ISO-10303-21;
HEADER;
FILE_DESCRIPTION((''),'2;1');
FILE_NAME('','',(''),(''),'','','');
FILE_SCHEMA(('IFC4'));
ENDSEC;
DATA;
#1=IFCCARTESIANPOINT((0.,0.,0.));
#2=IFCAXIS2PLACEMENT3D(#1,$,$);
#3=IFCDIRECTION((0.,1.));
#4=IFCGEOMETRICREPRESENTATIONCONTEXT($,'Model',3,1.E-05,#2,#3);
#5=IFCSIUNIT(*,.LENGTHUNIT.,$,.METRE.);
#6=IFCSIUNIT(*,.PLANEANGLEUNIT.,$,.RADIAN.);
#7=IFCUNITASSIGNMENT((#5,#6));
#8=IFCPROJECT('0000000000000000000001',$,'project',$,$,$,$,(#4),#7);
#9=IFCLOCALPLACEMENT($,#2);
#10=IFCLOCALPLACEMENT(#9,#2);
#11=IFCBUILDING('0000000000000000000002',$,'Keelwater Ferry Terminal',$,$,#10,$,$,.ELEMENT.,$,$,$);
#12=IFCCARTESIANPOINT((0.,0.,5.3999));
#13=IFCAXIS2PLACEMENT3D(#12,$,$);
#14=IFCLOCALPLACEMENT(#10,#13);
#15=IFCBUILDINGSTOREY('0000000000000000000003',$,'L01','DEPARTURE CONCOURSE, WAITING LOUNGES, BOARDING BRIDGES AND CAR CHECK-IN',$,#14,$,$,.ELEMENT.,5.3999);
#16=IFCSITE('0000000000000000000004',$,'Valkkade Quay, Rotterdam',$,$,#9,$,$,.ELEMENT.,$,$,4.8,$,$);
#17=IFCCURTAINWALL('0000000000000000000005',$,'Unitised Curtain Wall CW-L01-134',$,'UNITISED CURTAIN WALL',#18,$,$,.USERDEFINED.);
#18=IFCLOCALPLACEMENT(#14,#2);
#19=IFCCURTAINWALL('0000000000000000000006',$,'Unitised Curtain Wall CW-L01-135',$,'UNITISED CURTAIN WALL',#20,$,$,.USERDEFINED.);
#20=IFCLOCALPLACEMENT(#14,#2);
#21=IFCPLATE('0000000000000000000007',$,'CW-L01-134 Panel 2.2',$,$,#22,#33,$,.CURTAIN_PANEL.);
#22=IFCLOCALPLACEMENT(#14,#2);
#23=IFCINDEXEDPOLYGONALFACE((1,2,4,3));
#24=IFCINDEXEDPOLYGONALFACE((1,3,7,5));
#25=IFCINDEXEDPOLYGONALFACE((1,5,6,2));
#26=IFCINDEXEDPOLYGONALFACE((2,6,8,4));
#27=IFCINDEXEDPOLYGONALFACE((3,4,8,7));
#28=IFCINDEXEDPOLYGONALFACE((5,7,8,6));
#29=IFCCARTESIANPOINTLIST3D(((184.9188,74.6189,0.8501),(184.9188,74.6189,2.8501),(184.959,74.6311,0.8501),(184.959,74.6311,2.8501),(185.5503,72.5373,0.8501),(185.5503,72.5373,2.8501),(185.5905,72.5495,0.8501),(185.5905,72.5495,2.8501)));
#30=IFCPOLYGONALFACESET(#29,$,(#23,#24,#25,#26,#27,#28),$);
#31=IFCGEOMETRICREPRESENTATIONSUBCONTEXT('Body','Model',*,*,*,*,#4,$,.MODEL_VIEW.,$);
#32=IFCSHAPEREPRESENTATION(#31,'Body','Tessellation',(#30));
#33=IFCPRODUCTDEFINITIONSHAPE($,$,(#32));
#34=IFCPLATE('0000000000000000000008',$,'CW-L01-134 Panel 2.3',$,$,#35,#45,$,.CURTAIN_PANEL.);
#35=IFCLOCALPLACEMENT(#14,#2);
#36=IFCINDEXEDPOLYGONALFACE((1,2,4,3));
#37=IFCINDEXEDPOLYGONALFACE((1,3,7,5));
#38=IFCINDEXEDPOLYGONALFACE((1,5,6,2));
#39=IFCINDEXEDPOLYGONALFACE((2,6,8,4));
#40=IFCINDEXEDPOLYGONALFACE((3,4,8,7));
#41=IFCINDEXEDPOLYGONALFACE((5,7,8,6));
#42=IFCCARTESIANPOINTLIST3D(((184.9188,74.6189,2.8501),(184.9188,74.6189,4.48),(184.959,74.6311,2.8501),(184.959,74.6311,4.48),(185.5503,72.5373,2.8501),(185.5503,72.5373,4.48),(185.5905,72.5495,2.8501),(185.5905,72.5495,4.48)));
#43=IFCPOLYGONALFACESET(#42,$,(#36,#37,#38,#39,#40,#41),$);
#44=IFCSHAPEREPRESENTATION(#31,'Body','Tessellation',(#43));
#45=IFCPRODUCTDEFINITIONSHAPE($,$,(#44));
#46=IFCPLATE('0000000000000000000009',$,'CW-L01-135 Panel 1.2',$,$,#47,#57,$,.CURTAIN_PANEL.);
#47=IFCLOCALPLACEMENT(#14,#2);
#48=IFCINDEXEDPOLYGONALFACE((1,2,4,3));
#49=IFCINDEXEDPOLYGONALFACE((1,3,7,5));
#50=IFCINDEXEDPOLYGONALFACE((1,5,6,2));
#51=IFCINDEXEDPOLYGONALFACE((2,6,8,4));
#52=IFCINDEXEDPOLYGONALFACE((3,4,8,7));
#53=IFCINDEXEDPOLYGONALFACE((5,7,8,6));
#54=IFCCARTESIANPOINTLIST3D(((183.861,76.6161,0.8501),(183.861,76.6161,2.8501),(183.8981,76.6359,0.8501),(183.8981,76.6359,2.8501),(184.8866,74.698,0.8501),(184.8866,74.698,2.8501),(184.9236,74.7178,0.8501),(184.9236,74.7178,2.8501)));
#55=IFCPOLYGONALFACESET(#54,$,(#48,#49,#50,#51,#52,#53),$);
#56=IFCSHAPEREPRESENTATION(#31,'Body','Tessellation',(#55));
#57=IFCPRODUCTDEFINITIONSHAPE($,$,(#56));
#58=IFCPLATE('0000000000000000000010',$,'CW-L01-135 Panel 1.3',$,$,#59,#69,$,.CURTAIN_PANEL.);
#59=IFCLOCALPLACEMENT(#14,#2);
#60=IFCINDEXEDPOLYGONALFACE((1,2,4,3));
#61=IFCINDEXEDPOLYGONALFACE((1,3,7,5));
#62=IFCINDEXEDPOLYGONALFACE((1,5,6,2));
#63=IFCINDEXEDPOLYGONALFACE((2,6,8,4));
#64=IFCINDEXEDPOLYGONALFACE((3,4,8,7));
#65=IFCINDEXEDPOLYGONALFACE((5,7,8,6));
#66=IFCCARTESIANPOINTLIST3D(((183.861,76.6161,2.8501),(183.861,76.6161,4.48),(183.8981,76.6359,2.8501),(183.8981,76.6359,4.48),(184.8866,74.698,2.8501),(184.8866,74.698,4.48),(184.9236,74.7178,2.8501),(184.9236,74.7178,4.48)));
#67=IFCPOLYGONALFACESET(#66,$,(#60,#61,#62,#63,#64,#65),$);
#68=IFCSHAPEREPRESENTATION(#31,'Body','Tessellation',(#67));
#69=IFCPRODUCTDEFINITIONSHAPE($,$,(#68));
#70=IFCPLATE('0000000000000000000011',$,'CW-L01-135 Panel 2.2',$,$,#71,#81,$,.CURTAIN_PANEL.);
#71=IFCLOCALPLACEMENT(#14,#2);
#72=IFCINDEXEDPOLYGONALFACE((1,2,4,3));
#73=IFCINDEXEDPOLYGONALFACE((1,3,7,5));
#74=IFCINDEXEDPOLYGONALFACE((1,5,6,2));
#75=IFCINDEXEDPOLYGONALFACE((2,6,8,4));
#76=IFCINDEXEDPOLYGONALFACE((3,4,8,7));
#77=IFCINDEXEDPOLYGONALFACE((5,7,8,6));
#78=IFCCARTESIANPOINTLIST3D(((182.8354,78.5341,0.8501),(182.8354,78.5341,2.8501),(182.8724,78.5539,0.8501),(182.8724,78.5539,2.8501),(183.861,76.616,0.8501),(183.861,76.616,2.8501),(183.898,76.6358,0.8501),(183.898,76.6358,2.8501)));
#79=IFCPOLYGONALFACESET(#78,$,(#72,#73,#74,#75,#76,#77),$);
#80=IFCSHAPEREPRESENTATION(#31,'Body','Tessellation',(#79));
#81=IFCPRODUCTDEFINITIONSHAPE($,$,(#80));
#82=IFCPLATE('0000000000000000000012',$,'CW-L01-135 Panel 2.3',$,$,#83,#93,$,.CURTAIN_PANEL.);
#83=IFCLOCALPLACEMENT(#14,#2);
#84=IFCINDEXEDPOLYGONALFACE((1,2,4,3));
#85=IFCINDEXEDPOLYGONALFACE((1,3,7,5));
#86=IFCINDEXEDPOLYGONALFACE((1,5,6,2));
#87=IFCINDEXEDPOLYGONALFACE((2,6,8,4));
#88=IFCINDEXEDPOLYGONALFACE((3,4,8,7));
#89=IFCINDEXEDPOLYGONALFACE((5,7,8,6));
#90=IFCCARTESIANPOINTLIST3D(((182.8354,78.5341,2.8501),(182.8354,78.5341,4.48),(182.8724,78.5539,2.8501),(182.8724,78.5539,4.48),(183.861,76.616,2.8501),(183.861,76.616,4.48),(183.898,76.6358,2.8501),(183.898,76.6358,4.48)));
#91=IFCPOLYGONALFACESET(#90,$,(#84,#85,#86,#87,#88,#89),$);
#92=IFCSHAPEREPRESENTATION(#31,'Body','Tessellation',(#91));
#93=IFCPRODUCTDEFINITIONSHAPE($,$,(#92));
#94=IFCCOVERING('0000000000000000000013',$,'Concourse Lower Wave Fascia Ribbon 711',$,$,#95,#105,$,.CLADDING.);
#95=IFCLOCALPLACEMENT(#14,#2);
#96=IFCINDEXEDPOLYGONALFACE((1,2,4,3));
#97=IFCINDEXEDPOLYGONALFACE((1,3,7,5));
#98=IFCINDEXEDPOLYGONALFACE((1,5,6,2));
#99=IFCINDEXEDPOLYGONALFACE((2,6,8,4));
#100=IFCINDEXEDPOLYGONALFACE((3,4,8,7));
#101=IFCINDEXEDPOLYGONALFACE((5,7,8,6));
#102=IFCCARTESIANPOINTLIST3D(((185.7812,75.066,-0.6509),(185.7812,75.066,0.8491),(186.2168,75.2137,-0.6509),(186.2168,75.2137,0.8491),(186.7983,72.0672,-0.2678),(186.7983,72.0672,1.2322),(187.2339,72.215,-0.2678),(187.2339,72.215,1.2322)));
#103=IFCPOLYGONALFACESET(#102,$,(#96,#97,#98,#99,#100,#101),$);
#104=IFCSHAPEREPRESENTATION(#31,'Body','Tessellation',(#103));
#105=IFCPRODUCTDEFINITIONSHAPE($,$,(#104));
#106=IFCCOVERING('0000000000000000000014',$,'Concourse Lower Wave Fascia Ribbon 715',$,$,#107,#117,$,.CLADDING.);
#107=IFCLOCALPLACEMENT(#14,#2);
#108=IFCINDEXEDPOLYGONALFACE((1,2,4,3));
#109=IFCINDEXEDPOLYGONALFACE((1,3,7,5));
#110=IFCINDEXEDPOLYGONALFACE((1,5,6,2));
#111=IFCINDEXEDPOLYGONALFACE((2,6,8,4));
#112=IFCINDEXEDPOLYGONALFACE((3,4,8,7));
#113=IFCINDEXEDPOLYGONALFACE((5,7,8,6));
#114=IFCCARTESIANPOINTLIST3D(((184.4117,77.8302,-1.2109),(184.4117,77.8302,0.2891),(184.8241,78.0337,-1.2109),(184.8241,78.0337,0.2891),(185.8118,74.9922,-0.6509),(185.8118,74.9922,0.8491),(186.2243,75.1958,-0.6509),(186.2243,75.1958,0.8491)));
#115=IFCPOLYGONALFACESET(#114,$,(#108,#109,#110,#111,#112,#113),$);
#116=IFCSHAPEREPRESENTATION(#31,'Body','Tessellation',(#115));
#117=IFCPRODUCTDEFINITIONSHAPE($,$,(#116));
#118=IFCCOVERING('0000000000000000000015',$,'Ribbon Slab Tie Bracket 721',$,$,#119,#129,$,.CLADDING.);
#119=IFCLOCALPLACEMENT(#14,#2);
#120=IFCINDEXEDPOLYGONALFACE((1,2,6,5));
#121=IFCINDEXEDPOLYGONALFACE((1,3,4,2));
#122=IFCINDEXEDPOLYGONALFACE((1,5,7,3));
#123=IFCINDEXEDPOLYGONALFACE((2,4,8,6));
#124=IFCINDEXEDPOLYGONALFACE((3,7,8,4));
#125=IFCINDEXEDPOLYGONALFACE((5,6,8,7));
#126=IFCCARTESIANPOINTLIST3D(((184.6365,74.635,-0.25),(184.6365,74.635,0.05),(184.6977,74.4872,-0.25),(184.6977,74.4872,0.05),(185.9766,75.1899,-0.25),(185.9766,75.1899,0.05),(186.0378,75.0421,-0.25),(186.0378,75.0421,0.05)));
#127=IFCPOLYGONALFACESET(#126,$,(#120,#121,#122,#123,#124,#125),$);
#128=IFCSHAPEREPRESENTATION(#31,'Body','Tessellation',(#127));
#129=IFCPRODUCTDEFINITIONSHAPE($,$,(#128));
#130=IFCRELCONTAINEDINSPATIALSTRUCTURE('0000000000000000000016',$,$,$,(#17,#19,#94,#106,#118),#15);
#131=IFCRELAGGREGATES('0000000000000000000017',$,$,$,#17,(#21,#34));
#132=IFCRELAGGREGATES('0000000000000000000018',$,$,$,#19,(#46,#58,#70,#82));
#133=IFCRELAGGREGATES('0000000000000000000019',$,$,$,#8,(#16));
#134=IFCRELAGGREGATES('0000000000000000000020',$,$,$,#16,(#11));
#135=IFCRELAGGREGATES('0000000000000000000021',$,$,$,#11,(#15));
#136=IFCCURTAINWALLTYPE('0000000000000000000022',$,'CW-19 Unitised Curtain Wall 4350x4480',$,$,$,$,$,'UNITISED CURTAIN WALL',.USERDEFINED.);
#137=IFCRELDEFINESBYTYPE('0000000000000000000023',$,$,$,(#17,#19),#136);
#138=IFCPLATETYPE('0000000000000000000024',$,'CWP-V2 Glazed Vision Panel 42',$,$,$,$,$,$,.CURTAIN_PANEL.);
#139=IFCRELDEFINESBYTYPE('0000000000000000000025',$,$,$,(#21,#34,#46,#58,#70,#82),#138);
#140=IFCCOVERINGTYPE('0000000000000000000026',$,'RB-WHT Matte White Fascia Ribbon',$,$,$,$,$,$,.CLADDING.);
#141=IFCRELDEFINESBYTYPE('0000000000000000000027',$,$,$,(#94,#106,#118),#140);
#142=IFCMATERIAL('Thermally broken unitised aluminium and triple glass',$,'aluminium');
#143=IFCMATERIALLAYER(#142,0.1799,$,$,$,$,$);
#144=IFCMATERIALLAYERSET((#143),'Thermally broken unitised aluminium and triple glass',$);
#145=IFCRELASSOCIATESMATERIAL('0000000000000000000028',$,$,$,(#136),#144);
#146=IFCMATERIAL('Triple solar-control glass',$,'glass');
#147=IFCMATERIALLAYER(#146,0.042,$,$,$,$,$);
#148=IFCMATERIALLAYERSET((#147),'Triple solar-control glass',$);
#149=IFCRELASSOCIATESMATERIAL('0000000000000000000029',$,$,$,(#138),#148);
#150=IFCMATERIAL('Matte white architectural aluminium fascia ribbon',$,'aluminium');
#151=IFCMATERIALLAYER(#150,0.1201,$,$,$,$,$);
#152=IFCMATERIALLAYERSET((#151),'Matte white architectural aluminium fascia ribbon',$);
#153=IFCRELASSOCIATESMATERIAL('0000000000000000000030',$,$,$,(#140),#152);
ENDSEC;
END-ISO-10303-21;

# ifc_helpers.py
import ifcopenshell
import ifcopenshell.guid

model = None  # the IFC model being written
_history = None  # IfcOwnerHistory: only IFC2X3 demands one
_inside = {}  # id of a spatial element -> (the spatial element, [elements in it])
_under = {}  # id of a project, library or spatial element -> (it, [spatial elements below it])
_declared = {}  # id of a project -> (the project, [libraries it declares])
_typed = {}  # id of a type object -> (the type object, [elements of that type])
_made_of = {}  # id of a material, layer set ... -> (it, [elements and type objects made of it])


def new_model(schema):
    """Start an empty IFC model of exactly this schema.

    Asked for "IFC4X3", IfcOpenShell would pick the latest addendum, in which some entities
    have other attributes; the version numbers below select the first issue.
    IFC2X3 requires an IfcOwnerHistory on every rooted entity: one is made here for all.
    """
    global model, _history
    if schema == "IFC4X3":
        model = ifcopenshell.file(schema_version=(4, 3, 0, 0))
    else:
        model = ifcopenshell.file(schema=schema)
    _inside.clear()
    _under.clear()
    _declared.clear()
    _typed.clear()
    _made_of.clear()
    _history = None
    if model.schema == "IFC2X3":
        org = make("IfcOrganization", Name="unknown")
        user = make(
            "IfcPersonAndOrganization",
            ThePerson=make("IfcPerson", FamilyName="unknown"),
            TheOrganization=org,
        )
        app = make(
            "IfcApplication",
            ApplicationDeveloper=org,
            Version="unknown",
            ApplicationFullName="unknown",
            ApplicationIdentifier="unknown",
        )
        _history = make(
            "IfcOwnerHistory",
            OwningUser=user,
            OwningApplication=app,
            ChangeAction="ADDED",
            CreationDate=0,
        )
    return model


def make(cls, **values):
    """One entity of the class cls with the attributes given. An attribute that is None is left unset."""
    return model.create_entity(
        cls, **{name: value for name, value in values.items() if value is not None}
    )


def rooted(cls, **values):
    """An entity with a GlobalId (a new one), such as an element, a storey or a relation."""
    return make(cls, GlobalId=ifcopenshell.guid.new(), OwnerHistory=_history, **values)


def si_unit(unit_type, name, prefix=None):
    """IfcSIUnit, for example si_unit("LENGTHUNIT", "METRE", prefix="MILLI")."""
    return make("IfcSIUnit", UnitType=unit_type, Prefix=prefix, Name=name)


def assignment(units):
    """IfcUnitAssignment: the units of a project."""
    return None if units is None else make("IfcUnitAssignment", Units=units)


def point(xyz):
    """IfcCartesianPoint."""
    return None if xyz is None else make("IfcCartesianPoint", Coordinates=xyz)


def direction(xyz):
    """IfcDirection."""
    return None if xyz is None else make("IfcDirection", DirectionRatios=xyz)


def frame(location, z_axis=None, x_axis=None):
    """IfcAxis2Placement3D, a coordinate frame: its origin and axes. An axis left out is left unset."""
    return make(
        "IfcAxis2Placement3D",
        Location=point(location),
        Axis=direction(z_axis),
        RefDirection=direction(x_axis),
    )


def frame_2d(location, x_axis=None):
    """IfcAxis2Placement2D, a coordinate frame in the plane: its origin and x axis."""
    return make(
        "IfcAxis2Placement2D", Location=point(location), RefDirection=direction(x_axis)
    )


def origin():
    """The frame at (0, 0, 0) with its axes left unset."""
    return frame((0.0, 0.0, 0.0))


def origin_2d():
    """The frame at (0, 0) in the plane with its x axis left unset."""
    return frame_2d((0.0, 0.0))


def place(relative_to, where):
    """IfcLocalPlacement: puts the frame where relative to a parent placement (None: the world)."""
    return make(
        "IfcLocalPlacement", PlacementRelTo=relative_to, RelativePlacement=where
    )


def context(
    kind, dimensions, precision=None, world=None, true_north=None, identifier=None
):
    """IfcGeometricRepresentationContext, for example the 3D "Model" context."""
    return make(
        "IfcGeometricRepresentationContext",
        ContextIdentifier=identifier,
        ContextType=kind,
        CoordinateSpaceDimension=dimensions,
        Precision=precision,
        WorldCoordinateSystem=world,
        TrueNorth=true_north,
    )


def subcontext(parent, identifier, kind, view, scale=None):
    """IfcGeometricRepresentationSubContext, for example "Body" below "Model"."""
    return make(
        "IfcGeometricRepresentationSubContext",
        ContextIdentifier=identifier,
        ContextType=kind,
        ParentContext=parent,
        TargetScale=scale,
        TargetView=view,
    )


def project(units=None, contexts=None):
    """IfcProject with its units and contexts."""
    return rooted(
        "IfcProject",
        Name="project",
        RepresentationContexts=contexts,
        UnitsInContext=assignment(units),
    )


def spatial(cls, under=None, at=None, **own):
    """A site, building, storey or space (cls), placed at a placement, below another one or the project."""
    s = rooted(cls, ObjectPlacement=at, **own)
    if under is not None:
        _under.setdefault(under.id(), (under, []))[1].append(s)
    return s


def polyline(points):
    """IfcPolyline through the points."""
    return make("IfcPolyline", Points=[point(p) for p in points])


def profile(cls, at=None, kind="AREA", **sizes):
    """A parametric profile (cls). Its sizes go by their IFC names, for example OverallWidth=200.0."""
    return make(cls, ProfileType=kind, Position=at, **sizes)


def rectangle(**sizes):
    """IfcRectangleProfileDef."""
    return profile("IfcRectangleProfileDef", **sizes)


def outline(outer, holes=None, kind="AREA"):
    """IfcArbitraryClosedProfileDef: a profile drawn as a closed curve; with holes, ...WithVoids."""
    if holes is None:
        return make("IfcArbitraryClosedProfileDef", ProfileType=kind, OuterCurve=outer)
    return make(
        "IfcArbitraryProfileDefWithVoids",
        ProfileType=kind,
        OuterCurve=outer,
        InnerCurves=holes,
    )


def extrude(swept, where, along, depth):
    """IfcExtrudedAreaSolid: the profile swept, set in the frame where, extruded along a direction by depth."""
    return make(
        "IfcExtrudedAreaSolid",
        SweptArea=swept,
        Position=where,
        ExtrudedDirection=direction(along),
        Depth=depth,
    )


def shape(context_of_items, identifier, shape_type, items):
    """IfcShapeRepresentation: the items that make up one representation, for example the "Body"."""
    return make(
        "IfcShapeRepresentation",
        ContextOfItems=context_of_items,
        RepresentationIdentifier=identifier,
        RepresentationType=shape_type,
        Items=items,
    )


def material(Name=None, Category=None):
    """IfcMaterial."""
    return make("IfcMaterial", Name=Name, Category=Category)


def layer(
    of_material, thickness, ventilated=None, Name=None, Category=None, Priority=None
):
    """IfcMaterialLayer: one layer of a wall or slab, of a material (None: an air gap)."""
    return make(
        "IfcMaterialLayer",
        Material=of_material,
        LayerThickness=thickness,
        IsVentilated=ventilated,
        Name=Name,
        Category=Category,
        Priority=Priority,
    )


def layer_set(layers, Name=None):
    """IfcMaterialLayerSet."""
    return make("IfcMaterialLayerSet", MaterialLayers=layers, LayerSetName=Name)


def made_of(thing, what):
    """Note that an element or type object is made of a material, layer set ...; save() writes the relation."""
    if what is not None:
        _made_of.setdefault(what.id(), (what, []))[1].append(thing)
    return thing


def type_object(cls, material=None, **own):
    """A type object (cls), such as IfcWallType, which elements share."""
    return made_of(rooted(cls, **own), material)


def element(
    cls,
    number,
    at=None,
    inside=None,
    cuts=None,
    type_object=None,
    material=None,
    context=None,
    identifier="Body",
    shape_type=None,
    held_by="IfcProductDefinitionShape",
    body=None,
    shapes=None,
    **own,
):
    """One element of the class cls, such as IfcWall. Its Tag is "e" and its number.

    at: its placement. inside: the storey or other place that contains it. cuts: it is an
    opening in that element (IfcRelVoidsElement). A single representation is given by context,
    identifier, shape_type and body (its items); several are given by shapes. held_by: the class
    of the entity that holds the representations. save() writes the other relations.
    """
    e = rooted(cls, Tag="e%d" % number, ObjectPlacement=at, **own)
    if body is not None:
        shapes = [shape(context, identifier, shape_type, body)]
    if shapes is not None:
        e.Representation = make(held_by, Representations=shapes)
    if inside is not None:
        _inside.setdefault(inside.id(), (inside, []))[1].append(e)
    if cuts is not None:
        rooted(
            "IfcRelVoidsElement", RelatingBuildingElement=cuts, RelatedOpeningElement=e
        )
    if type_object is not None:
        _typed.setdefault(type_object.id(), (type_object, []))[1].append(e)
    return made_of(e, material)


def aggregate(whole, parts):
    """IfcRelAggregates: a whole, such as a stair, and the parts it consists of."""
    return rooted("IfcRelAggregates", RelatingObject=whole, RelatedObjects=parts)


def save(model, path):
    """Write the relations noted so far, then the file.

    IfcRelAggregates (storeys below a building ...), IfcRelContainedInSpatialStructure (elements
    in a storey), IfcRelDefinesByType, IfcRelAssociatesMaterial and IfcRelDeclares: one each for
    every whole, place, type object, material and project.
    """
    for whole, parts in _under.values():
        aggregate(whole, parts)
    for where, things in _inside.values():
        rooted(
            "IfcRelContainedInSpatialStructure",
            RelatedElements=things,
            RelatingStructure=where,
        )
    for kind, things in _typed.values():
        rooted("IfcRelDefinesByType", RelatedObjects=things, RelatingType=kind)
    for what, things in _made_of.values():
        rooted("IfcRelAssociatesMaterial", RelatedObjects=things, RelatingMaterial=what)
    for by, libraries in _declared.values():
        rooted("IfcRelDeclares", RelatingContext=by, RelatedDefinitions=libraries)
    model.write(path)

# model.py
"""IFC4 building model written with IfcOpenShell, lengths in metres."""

from ifc_helpers import new_model, si_unit, direction, frame, frame_2d, origin, origin_2d, place, context, subcontext, project, spatial, polyline, rectangle, outline, extrude, material, layer, layer_set, type_object, element, aggregate, save


model = new_model("IFC4")

# Units and contexts
model_context = context("Model", 3, precision=1e-05, world=origin(), true_north=direction((0.0, 1.0)))
body_context = subcontext(model_context, "Body", "Model", "MODEL_VIEW")
ifc_project = project(units=[si_unit("LENGTHUNIT", "METRE"), si_unit("PLANEANGLEUNIT", "RADIAN")], contexts=[model_context])

# Site, building, storey
site_placement = place(None, origin())
site = spatial("IfcSite", under=ifc_project, at=site_placement, Name="Valkkade Quay, Rotterdam", CompositionType="ELEMENT", RefElevation=4.8)
building_placement = place(site_placement, origin())
building = spatial("IfcBuilding", under=site, at=building_placement, Name="Keelwater Ferry Terminal", CompositionType="ELEMENT")
storey_placement = place(building_placement, frame((0.0, 0.0, 5.3999)))
storey = spatial("IfcBuildingStorey", under=building, at=storey_placement, Name="L01", Description="DEPARTURE CONCOURSE, WAITING LOUNGES, BOARDING BRIDGES AND CAR CHECK-IN", CompositionType="ELEMENT", Elevation=5.3999)

# Shared definitions
ifc_material_1 = material(Name="Thermally broken unitised aluminium and triple glass", Category="aluminium")
ifc_layer_1 = layer(ifc_material_1, 0.1799)
ifc_layer_set_1 = layer_set([ifc_layer_1], Name="Thermally broken unitised aluminium and triple glass")
curtain_wall_type = type_object("IfcCurtainWallType", Name="CW-19 Unitised Curtain Wall 4350x4480", ElementType="UNITISED CURTAIN WALL", PredefinedType="USERDEFINED", material=ifc_layer_set_1)

# Curtain walls
curtain_wall_1_placement = place(storey_placement, origin())
curtain_wall_1 = element("IfcCurtainWall", 1, at=curtain_wall_1_placement, inside=storey, type_object=curtain_wall_type, Name="Unitised Curtain Wall CW-L01-134", ObjectType="UNITISED CURTAIN WALL", PredefinedType="USERDEFINED")
curtain_wall_2_placement = place(storey_placement, origin())
curtain_wall_2 = element("IfcCurtainWall", 2, at=curtain_wall_2_placement, inside=storey, type_object=curtain_wall_type, Name="Unitised Curtain Wall CW-L01-135", ObjectType="UNITISED CURTAIN WALL", PredefinedType="USERDEFINED")

# Plates
ifc_material_2 = material(Name="Triple solar-control glass", Category="glass")
ifc_layer_2 = layer(ifc_material_2, 0.042)
ifc_layer_set_2 = layer_set([ifc_layer_2], Name="Triple solar-control glass")
plate_type_1 = type_object("IfcPlateType", Name="CWP-V2 Glazed Vision Panel 42", PredefinedType="CURTAIN_PANEL", material=ifc_layer_set_2)
plate_1_placement = place(storey_placement, frame((185.2546, 73.5842, 0.8501), z_axis=(0.0, 0.0, 1.0), x_axis=(-0.29032, 0.95693, 0.0)))
plate_1 = element("IfcPlate", 3, at=plate_1_placement, type_object=plate_type_1, Name="CW-L01-134 Panel 2.2", PredefinedType="CURTAIN_PANEL", context=body_context, shape_type="SweptSolid", body=[
    extrude(rectangle(XDim=2.1753, YDim=0.042, at=origin_2d()), origin(), (0.0, 0.0, 1.0), 2.0),
])
plate_2_placement = place(storey_placement, frame((185.2546, 73.5842, 2.8501), z_axis=(0.0, 0.0, 1.0), x_axis=(-0.29032, 0.95693, 0.0)))
plate_2 = element("IfcPlate", 4, at=plate_2_placement, type_object=plate_type_1, Name="CW-L01-134 Panel 2.3", PredefinedType="CURTAIN_PANEL", context=body_context, shape_type="SweptSolid", body=[
    extrude(rectangle(XDim=2.1753, YDim=0.042, at=origin_2d()), origin(), (0.0, 0.0, 1.0), 1.6299),
])
aggregate(curtain_wall_1, [plate_1, plate_2])
plate_3_placement = place(storey_placement, frame((184.3923, 75.667, 0.8501), z_axis=(0.0, 0.0, 1.0), x_axis=(-0.471507, 0.881862, 0.0)))
plate_3 = element("IfcPlate", 5, at=plate_3_placement, type_object=plate_type_1, Name="CW-L01-135 Panel 1.2", PredefinedType="CURTAIN_PANEL", context=body_context, shape_type="SweptSolid", body=[
    extrude(rectangle(XDim=2.175, YDim=0.042, at=origin_2d()), origin(), (0.0, 0.0, 1.0), 2.0),
])
plate_4_placement = place(storey_placement, frame((184.3923, 75.667, 2.8501), z_axis=(0.0, 0.0, 1.0), x_axis=(-0.471507, 0.881862, 0.0)))
plate_4 = element("IfcPlate", 6, at=plate_4_placement, type_object=plate_type_1, Name="CW-L01-135 Panel 1.3", PredefinedType="CURTAIN_PANEL", context=body_context, shape_type="SweptSolid", body=[
    extrude(rectangle(XDim=2.175, YDim=0.042, at=origin_2d()), origin(), (0.0, 0.0, 1.0), 1.6299),
])
plate_5_placement = place(storey_placement, frame((183.3667, 77.585, 0.8501), z_axis=(0.0, 0.0, 1.0), x_axis=(-0.471507, 0.881862, 0.0)))
plate_5 = element("IfcPlate", 7, at=plate_5_placement, type_object=plate_type_1, Name="CW-L01-135 Panel 2.2", PredefinedType="CURTAIN_PANEL", context=body_context, shape_type="SweptSolid", body=[
    extrude(rectangle(XDim=2.175, YDim=0.042, at=origin_2d()), origin(), (0.0, 0.0, 1.0), 2.0),
])
plate_6_placement = place(storey_placement, frame((183.3667, 77.585, 2.8501), z_axis=(0.0, 0.0, 1.0), x_axis=(-0.471507, 0.881862, 0.0)))
plate_6 = element("IfcPlate", 8, at=plate_6_placement, type_object=plate_type_1, Name="CW-L01-135 Panel 2.3", PredefinedType="CURTAIN_PANEL", context=body_context, shape_type="SweptSolid", body=[
    extrude(rectangle(XDim=2.175, YDim=0.042, at=origin_2d()), origin(), (0.0, 0.0, 1.0), 1.6299),
])
aggregate(curtain_wall_2, [plate_3, plate_4, plate_5, plate_6])

# Coverings
ifc_material_3 = material(Name="Matte white architectural aluminium fascia ribbon", Category="aluminium")
ifc_layer_3 = layer(ifc_material_3, 0.1201)
ifc_layer_set_3 = layer_set([ifc_layer_3], Name="Matte white architectural aluminium fascia ribbon")
covering_type = type_object("IfcCoveringType", Name="RB-WHT Matte White Fascia Ribbon", PredefinedType="CLADDING", material=ifc_layer_set_3)
covering_1_placement = place(storey_placement, frame((187.0161, 72.1411, -0.6509), z_axis=(0.0, 0.0, 1.0), x_axis=(-0.321196, 0.947013, 0.0)))
element("IfcCovering", 9, at=covering_1_placement, inside=storey, type_object=covering_type, Name="Concourse Lower Wave Fascia Ribbon 711", PredefinedType="CLADDING", context=body_context, shape_type="SweptSolid", body=[
    extrude(outline(polyline([(0.0, 0.3831), (3.1665, 0.0), (3.1665, 1.5), (0.0, 1.8831), (0.0, 0.3831)])), frame((0.0, 0.23, 0.0), z_axis=(0.0, -1.0, 0.0), x_axis=(1.0, 0.0, 0.0)), (0.0, 0.0, 1.0), 0.46),
])
covering_2_placement = place(storey_placement, frame((186.0181, 75.094, -1.2109), z_axis=(0.0, 0.0, 1.0), x_axis=(-0.442455, 0.896791, 0.0)))
element("IfcCovering", 10, at=covering_2_placement, inside=storey, type_object=covering_type, Name="Concourse Lower Wave Fascia Ribbon 715", PredefinedType="CLADDING", context=body_context, shape_type="SweptSolid", body=[
    extrude(outline(polyline([(0.0, 0.5601), (3.1646, 0.0), (3.1646, 1.5), (0.0, 2.0601), (0.0, 0.5601)])), frame((0.0, 0.23, 0.0), z_axis=(0.0, -1.0, 0.0), x_axis=(1.0, 0.0, 0.0)), (0.0, 0.0, 1.0), 0.46),
])
covering_3_placement = place(storey_placement, frame((186.0071, 75.116, -0.25), z_axis=(0.0, 0.0, 1.0), x_axis=(-0.923916, -0.382595, 0.0)))
element("IfcCovering", 11, at=covering_3_placement, inside=storey, type_object=covering_type, Name="Ribbon Slab Tie Bracket 721", PredefinedType="CLADDING", context=body_context, shape_type="SweptSolid", body=[
    extrude(rectangle(XDim=1.4504, YDim=0.1599, at=frame_2d((0.7251, 0.0))), origin(), (0.0, 0.0, 1.0), 0.3),
])

save(model, "model.ifc")
